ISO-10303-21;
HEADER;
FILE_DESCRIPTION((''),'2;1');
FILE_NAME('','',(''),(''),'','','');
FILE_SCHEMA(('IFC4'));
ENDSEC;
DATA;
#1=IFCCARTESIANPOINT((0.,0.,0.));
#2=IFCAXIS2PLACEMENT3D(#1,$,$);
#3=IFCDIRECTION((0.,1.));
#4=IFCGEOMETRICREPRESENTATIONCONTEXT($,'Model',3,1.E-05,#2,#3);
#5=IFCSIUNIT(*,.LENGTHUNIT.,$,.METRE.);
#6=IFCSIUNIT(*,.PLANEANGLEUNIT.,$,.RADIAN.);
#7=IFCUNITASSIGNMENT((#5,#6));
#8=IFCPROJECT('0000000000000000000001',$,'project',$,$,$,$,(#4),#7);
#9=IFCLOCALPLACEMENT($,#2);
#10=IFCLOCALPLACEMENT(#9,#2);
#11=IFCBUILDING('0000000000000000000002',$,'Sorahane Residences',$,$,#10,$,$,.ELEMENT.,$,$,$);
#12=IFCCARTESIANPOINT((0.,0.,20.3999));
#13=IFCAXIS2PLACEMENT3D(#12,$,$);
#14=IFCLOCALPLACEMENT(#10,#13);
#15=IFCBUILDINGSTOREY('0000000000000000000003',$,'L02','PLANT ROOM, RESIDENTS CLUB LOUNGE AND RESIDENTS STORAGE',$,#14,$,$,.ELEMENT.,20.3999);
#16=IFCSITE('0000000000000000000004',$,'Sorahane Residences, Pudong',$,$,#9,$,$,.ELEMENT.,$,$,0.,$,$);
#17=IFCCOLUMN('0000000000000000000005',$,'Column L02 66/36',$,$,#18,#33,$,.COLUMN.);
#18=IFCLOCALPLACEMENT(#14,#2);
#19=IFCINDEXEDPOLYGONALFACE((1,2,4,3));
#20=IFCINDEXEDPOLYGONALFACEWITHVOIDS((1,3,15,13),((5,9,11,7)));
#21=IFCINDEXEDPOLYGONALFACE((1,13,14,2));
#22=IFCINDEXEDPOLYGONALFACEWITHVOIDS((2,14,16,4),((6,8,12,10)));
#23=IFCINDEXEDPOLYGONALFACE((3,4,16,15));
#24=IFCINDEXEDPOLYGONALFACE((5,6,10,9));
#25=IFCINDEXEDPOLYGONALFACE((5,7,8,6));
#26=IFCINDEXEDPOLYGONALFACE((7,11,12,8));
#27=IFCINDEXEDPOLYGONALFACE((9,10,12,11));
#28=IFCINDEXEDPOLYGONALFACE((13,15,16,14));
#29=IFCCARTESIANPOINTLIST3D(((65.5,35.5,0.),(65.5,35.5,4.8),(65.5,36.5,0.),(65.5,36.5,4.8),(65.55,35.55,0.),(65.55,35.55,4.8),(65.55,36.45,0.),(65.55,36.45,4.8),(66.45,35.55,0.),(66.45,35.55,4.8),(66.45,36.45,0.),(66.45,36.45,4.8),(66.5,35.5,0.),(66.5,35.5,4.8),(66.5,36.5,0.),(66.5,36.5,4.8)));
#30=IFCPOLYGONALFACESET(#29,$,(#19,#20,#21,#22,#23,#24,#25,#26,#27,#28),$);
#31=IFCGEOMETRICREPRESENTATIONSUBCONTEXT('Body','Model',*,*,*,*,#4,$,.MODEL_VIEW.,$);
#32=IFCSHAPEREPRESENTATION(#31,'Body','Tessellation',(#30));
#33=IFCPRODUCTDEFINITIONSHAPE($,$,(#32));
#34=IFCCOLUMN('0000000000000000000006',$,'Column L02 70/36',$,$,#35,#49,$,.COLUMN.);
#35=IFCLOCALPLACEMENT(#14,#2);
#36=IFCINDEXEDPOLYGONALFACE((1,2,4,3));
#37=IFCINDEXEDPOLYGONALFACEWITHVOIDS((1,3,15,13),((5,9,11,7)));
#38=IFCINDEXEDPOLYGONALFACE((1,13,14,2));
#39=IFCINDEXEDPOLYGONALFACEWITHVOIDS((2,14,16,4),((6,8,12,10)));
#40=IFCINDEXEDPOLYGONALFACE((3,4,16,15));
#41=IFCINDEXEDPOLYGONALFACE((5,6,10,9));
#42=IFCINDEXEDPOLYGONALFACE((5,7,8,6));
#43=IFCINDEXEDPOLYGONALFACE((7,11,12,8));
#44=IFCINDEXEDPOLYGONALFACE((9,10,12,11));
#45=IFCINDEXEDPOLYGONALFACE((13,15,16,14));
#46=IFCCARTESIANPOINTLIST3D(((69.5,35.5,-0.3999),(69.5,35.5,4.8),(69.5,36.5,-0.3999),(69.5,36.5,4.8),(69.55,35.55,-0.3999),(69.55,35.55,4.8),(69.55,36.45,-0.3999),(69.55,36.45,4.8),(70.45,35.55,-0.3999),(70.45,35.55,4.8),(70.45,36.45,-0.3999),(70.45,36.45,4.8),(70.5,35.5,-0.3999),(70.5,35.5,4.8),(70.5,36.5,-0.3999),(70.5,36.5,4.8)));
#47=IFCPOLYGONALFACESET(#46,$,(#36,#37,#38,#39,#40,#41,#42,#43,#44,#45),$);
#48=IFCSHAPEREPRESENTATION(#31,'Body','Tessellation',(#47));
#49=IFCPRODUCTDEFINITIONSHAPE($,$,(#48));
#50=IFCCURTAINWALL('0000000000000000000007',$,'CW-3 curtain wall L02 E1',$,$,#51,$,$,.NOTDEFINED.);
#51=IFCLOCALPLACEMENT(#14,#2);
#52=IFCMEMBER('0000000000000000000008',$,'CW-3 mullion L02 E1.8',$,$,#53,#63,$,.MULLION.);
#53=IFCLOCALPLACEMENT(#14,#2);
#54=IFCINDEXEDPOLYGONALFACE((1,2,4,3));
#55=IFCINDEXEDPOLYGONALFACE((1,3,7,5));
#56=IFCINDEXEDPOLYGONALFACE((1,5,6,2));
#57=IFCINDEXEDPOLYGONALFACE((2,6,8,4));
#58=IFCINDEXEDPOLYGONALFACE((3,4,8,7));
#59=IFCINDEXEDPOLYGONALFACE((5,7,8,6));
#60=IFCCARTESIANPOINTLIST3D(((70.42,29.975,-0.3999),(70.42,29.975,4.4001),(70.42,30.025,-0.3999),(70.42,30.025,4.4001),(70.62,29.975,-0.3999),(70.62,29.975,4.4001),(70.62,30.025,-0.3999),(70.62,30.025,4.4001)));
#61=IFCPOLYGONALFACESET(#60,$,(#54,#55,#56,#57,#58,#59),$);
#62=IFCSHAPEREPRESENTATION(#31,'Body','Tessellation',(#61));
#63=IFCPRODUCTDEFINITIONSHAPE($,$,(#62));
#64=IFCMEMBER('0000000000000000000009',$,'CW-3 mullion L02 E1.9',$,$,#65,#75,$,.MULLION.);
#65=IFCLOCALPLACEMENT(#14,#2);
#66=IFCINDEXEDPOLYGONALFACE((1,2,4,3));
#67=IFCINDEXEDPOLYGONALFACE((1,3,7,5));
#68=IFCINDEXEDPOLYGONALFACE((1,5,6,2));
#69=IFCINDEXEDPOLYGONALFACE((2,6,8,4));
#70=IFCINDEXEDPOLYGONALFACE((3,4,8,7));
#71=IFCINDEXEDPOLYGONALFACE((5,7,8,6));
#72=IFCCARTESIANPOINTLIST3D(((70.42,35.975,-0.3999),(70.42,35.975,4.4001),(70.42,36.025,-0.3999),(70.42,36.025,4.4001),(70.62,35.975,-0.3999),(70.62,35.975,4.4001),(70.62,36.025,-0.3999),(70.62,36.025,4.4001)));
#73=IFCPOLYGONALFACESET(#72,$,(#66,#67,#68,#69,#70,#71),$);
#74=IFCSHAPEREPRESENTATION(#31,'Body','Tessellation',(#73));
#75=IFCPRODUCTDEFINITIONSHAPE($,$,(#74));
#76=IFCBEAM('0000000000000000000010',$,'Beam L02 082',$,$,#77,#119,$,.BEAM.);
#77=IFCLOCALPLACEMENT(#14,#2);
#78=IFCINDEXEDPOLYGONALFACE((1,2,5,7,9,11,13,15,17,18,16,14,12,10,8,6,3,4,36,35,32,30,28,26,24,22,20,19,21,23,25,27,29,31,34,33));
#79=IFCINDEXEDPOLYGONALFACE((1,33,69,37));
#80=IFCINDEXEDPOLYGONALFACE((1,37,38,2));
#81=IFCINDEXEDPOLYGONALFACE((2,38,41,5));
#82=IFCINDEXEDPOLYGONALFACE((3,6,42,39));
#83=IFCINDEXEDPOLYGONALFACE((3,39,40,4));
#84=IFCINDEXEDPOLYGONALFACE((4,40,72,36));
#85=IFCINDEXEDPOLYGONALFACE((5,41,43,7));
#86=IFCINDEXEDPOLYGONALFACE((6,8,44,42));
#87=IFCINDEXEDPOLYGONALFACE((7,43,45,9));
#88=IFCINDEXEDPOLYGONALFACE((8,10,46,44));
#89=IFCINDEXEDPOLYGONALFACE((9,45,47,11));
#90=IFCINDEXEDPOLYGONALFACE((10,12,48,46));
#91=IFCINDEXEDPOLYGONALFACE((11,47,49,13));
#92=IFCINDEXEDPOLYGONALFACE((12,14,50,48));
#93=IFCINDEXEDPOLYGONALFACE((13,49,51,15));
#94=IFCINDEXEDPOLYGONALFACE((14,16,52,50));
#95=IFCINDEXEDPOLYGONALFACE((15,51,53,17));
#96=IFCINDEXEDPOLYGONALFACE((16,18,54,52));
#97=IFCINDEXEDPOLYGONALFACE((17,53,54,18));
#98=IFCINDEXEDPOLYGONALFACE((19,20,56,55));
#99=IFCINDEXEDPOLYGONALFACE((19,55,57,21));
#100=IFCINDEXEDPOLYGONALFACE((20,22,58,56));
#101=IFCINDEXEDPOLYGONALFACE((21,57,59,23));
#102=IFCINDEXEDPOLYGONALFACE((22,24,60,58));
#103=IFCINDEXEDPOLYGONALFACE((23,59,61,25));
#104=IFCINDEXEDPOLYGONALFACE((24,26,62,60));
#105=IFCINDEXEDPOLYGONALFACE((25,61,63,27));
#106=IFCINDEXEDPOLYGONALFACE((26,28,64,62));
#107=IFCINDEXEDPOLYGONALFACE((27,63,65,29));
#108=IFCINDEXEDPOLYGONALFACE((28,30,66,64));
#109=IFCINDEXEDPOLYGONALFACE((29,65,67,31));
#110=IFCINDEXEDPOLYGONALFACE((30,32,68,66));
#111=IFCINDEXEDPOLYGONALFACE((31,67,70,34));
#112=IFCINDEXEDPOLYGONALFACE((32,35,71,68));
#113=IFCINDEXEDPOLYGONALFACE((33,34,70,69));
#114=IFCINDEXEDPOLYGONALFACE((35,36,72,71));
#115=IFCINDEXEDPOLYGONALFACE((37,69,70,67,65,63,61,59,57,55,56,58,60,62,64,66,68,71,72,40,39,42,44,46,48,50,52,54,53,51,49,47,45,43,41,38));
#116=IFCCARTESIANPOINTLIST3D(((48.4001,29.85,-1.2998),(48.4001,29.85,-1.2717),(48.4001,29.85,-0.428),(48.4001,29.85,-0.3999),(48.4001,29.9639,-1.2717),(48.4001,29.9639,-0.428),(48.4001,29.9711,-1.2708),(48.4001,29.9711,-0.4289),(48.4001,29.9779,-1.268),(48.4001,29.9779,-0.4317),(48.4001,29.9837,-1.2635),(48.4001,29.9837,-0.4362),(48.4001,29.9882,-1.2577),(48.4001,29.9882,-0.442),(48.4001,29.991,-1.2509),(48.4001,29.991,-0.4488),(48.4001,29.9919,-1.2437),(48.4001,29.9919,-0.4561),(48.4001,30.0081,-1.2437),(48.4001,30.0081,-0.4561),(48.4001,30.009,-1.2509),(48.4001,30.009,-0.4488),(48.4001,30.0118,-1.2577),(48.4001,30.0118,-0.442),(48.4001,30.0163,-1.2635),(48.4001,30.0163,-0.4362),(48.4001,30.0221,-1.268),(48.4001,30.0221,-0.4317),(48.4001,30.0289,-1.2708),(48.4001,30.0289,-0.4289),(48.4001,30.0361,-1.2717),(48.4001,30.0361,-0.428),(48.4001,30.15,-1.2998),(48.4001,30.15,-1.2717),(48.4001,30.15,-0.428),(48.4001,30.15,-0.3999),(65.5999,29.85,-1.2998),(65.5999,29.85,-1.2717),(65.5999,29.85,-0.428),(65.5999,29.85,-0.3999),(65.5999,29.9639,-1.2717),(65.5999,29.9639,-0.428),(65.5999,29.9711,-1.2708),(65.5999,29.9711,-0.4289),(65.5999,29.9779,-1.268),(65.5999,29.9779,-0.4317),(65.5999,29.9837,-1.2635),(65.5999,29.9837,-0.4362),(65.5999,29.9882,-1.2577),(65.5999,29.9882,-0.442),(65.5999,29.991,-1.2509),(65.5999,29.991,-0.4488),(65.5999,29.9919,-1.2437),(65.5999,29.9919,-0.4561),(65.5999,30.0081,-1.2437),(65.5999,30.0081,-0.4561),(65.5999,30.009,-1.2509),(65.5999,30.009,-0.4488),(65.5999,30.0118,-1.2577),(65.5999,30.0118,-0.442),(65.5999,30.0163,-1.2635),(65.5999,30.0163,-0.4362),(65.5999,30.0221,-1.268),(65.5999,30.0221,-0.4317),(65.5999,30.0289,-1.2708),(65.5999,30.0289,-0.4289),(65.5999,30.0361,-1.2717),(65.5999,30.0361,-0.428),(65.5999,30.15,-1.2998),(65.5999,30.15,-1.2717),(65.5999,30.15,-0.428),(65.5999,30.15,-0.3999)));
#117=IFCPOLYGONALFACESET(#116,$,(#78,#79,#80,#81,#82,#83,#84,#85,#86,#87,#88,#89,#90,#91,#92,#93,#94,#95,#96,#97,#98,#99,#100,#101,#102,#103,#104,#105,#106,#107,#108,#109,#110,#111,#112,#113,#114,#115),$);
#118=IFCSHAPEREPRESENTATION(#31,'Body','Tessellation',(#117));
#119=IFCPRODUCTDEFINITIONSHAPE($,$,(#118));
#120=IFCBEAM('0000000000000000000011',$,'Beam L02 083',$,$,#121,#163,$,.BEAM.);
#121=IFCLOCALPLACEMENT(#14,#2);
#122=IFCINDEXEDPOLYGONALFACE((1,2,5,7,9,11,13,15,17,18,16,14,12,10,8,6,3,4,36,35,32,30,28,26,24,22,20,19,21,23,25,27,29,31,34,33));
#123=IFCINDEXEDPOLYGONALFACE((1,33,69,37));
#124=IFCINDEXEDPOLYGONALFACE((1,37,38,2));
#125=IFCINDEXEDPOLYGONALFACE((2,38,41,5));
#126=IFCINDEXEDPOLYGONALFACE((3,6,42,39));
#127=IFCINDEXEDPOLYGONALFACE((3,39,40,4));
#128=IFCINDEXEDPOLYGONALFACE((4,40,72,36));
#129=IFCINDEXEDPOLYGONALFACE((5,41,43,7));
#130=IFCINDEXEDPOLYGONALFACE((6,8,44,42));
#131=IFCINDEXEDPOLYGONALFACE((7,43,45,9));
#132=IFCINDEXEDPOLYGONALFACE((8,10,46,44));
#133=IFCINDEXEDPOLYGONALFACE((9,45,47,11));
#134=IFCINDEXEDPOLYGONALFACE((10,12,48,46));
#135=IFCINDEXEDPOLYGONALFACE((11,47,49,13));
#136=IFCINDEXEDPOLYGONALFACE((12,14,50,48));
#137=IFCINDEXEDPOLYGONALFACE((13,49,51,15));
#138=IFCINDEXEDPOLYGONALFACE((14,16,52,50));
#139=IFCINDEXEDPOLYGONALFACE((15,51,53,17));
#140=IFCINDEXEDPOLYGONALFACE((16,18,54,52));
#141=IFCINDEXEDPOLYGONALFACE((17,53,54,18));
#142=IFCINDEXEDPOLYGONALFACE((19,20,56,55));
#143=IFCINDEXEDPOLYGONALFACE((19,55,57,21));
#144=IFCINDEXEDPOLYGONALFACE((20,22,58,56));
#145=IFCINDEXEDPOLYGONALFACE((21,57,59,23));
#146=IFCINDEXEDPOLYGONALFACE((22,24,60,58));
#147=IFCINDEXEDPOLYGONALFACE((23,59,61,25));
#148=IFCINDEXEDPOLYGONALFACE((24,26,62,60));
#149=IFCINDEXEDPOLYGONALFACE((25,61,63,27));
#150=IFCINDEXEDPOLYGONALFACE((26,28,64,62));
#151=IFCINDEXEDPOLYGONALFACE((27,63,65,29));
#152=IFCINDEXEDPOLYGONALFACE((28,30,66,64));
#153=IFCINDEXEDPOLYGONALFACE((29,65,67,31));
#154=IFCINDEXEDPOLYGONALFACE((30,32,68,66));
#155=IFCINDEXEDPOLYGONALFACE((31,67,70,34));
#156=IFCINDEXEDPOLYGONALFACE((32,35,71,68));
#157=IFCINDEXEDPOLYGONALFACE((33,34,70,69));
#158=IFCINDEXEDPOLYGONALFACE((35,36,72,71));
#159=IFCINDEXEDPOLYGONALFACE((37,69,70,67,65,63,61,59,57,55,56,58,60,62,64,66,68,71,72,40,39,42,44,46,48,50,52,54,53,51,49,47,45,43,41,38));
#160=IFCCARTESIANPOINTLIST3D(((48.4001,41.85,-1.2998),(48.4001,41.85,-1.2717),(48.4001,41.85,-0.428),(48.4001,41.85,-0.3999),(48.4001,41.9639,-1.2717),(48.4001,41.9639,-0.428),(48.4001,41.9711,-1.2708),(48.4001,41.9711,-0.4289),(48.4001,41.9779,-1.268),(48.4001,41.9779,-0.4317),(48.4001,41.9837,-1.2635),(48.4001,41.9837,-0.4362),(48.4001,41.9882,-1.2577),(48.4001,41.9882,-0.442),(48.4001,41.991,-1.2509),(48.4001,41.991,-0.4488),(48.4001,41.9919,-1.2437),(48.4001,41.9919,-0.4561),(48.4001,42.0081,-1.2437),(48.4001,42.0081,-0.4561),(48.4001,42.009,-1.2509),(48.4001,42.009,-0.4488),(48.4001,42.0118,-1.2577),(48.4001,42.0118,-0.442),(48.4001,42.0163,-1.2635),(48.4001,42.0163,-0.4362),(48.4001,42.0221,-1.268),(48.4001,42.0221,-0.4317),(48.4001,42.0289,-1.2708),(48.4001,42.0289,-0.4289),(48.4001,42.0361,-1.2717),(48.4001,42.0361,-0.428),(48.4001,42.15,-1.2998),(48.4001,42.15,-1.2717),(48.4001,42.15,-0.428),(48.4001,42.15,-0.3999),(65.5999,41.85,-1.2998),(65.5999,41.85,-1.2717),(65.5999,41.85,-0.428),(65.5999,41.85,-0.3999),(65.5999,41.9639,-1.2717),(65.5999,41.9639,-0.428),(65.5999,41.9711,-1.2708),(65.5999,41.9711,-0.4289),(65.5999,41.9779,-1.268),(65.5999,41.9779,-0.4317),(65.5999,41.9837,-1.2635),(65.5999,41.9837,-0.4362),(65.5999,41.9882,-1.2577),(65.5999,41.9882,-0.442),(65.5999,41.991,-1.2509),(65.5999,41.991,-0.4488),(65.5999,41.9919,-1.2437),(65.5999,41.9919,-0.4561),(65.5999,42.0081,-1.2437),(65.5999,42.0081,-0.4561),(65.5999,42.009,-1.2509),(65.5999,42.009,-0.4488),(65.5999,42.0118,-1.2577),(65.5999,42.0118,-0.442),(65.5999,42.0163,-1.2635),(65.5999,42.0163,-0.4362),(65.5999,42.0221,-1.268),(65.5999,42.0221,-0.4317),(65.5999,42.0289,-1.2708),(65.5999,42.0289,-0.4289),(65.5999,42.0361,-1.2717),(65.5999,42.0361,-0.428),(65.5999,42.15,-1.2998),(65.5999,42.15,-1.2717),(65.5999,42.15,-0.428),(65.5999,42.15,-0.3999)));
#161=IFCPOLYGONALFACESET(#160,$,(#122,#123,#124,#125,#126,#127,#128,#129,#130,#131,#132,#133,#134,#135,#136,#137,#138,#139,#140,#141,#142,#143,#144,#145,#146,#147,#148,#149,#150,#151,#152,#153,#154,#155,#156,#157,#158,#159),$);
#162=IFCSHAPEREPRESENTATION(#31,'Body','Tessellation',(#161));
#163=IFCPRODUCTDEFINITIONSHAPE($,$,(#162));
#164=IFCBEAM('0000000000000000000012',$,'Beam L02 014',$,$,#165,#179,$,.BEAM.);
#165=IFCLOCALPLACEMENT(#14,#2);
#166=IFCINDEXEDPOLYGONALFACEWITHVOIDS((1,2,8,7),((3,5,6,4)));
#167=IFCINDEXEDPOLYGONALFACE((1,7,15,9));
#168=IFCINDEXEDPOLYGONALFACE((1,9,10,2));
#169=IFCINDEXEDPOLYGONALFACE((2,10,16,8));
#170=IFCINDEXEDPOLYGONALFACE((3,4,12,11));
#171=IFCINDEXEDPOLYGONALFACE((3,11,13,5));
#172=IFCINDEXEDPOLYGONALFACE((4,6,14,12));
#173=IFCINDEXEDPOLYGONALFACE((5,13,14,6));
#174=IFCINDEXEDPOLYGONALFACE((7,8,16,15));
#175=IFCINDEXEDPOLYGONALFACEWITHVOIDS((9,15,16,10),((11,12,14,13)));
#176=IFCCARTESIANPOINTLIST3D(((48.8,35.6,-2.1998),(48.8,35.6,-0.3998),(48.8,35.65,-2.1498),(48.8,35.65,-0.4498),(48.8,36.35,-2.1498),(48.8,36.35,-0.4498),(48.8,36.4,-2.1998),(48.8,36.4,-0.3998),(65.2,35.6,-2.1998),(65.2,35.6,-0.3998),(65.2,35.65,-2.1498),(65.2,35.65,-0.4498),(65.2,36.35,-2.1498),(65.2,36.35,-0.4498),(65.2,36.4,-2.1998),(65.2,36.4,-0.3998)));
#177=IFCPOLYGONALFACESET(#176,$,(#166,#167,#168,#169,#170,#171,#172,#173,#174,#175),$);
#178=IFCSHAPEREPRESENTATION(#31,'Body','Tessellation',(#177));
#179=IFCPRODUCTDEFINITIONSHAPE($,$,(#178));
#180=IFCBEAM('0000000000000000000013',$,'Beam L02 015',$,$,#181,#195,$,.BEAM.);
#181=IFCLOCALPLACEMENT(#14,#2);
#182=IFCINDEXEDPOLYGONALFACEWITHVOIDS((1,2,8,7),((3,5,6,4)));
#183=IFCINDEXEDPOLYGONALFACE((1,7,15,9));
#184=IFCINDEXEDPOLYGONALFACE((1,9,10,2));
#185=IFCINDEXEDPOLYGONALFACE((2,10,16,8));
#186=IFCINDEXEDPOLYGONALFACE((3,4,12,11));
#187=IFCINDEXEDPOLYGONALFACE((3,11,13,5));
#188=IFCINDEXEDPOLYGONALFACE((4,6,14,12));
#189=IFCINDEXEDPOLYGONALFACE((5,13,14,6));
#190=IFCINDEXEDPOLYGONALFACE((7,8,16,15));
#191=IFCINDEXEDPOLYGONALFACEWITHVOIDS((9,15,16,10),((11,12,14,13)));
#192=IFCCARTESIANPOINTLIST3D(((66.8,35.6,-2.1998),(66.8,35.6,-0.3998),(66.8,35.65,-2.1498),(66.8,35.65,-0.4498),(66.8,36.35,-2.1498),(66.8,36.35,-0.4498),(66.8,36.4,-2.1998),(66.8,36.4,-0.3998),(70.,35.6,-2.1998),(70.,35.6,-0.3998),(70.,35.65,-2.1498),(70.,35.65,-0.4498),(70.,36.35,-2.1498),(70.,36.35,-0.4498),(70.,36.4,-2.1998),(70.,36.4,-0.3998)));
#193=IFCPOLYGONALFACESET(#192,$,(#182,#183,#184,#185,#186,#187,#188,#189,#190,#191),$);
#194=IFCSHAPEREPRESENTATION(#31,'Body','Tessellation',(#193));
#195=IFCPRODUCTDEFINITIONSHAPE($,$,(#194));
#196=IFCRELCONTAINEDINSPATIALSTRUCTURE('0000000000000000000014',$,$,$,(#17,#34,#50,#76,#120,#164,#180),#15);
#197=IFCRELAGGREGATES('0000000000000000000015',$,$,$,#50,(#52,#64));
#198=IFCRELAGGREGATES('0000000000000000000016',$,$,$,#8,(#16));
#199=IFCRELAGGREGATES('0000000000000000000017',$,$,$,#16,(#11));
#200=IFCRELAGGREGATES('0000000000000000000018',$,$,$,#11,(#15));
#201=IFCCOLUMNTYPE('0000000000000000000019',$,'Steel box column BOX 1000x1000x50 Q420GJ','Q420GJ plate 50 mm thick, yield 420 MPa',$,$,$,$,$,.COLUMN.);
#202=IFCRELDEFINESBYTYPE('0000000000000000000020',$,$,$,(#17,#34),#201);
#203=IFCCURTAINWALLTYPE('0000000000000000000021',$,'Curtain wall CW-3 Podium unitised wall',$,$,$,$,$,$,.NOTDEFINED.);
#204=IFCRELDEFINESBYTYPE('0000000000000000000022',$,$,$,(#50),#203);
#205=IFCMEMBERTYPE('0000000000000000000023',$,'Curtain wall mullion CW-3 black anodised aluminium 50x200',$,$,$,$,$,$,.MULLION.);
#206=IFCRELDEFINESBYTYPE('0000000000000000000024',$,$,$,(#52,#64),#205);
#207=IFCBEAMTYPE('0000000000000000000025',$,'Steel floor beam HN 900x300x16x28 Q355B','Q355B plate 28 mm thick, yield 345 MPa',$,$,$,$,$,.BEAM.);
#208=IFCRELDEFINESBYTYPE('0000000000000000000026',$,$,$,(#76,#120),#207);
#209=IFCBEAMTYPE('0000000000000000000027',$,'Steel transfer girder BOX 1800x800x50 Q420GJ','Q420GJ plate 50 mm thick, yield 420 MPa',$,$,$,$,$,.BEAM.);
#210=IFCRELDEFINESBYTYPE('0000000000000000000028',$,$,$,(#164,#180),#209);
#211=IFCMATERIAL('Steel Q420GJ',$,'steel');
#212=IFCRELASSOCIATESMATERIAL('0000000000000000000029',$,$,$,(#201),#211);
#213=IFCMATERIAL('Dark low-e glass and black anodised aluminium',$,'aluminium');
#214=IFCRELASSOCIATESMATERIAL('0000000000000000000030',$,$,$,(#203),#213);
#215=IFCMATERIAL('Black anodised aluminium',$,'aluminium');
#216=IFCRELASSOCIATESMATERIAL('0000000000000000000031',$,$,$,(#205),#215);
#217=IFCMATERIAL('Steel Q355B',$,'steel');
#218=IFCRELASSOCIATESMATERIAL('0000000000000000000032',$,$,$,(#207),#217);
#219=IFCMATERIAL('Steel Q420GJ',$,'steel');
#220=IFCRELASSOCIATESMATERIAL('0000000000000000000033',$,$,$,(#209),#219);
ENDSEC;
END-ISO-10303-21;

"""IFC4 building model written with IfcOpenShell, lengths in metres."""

from ifc_helpers import new_model, si_unit, direction, frame, origin, origin_2d, place, context, subcontext, project, spatial, rectangle, hollow_rectangle, i_section, extrude, material, material_profile, profile_set, type_object, element, aggregate, save


model = new_model("IFC4")

# Units and contexts
model_context = context("Model", 3, precision=1e-05, world=origin(), true_north=direction((0.0, 1.0)))
body_context = subcontext(model_context, "Body", "Model", "MODEL_VIEW")
ifc_project = project(units=[si_unit("LENGTHUNIT", "METRE"), si_unit("PLANEANGLEUNIT", "RADIAN")], contexts=[model_context])

# Site, building, storey
site_placement = place(None, origin())
site = spatial("IfcSite", under=ifc_project, at=site_placement, Name="Sorahane Residences, Pudong", CompositionType="ELEMENT", RefElevation=0.0)
building_placement = place(site_placement, origin())
building = spatial("IfcBuilding", under=site, at=building_placement, Name="Sorahane Residences", CompositionType="ELEMENT")
storey_placement = place(building_placement, frame((0.0, 0.0, 20.3999)))
storey = spatial("IfcBuildingStorey", under=building, at=storey_placement, Name="L02", Description="PLANT ROOM, RESIDENTS CLUB LOUNGE AND RESIDENTS STORAGE", CompositionType="ELEMENT", Elevation=20.3999)

# Columns
ifc_material_1 = material(Name="Steel Q420GJ", Category="steel")
ifc_material_profile_1 = material_profile(ifc_material_1, hollow_rectangle(XDim=1.0, YDim=1.0, WallThickness=0.05, at=origin_2d()), Name="BOX 1000x1000x50")
ifc_profile_set_1 = profile_set([ifc_material_profile_1], Name="Steel Q420GJ")
column_type = type_object("IfcColumnType", Name="Steel box column BOX 1000x1000x50 Q420GJ", Description="Q420GJ plate 50 mm thick, yield 420 MPa", PredefinedType="COLUMN", material=ifc_profile_set_1)
column_1_placement = place(storey_placement, frame((66.0, 36.0, 0.0), z_axis=(0.0, 0.0, 1.0), x_axis=(1.0, 0.0, 0.0)))
element("IfcColumn", 1, at=column_1_placement, inside=storey, type_object=column_type, Name="Column L02 66/36", PredefinedType="COLUMN", context=body_context, shape_type="SweptSolid", body=[
    extrude(hollow_rectangle(XDim=1.0, YDim=1.0, WallThickness=0.05, at=origin_2d()), origin(), (0.0, 0.0, 1.0), 4.8),
])
column_2_placement = place(storey_placement, frame((70.0, 36.0, -0.3999), z_axis=(0.0, 0.0, 1.0), x_axis=(1.0, 0.0, 0.0)))
element("IfcColumn", 2, at=column_2_placement, inside=storey, type_object=column_type, Name="Column L02 70/36", PredefinedType="COLUMN", context=body_context, shape_type="SweptSolid", body=[
    extrude(hollow_rectangle(XDim=1.0, YDim=1.0, WallThickness=0.05, at=origin_2d()), origin(), (0.0, 0.0, 1.0), 5.2),
])

# Curtain wall, members
ifc_material_2 = material(Name="Dark low-e glass and black anodised aluminium", Category="aluminium")
curtain_wall_type = type_object("IfcCurtainWallType", Name="Curtain wall CW-3 Podium unitised wall", PredefinedType="NOTDEFINED", material=ifc_material_2)
curtain_wall_placement = place(storey_placement, origin())
curtain_wall = element("IfcCurtainWall", 3, at=curtain_wall_placement, inside=storey, type_object=curtain_wall_type, Name="CW-3 curtain wall L02 E1", PredefinedType="NOTDEFINED")
ifc_material_3 = material(Name="Black anodised aluminium", Category="aluminium")
ifc_material_profile_2 = material_profile(ifc_material_3, rectangle(XDim=0.2, YDim=0.05, at=origin_2d()), Name="Curtain wall mullion CW-3 black anodised aluminium 50x200")
ifc_profile_set_2 = profile_set([ifc_material_profile_2], Name="Black anodised aluminium")
member_type = type_object("IfcMemberType", Name="Curtain wall mullion CW-3 black anodised aluminium 50x200", PredefinedType="MULLION", material=ifc_profile_set_2)
member_1_placement = place(storey_placement, frame((70.52, 30.0, -0.3999), z_axis=(0.0, 0.0, 1.0), x_axis=(1.0, 0.0, 0.0)))
member_1 = element("IfcMember", 4, at=member_1_placement, type_object=member_type, Name="CW-3 mullion L02 E1.8", PredefinedType="MULLION", context=body_context, shape_type="SweptSolid", body=[
    extrude(rectangle(XDim=0.2, YDim=0.05, at=origin_2d()), origin(), (0.0, 0.0, 1.0), 4.8),
])
member_2_placement = place(storey_placement, frame((70.52, 36.0, -0.3999), z_axis=(0.0, 0.0, 1.0), x_axis=(1.0, 0.0, 0.0)))
member_2 = element("IfcMember", 5, at=member_2_placement, type_object=member_type, Name="CW-3 mullion L02 E1.9", PredefinedType="MULLION", context=body_context, shape_type="SweptSolid", body=[
    extrude(rectangle(XDim=0.2, YDim=0.05, at=origin_2d()), origin(), (0.0, 0.0, 1.0), 4.8),
])

# Beams
ifc_material_4 = material(Name="Steel Q355B", Category="steel")
ifc_material_profile_3 = material_profile(ifc_material_4, i_section(OverallWidth=0.3, OverallDepth=0.8999, WebThickness=0.0161, FlangeThickness=0.0281, FilletRadius=0.0281, at=origin_2d()), Name="HN 900x300x16x28")
ifc_profile_set_3 = profile_set([ifc_material_profile_3], Name="Steel Q355B")
beam_type_1 = type_object("IfcBeamType", Name="Steel floor beam HN 900x300x16x28 Q355B", Description="Q355B plate 28 mm thick, yield 345 MPa", PredefinedType="BEAM", material=ifc_profile_set_3)
for number, where, z_axis, x_axis, name in (
    (6, (48.4001, 30.0, -0.8499), (1.0, 0.0, 0.0), (0.0, 1.0, 0.0), "Beam L02 082"),
    (7, (48.4001, 42.0, -0.8499), (1.0, 0.0, 0.0), (0.0, 1.0, 0.0), "Beam L02 083"),
):
    element("IfcBeam", number, at=place(storey_placement, frame(where, z_axis=z_axis, x_axis=x_axis)), inside=storey, type_object=beam_type_1, Name=name, PredefinedType="BEAM", context=body_context, shape_type="SweptSolid", body=[
        extrude(i_section(OverallWidth=0.3, OverallDepth=0.8999, WebThickness=0.0161, FlangeThickness=0.0281, FilletRadius=0.0281, at=origin_2d()), origin(), (0.0, 0.0, 1.0), 17.1997),
    ])
ifc_material_5 = material(Name="Steel Q420GJ", Category="steel")
ifc_material_profile_4 = material_profile(ifc_material_5, hollow_rectangle(XDim=0.8, YDim=1.8, WallThickness=0.05, at=origin_2d()), Name="BOX 1800x800x50")
ifc_profile_set_4 = profile_set([ifc_material_profile_4], Name="Steel Q420GJ")
beam_type_2 = type_object("IfcBeamType", Name="Steel transfer girder BOX 1800x800x50 Q420GJ", Description="Q420GJ plate 50 mm thick, yield 420 MPa", PredefinedType="BEAM", material=ifc_profile_set_4)
beam_1_placement = place(storey_placement, frame((48.8, 36.0, -1.2998), z_axis=(1.0, 0.0, 0.0), x_axis=(0.0, 1.0, 0.0)))
element("IfcBeam", 8, at=beam_1_placement, inside=storey, type_object=beam_type_2, Name="Beam L02 014", PredefinedType="BEAM", context=body_context, shape_type="SweptSolid", body=[
    extrude(hollow_rectangle(XDim=0.8, YDim=1.8, WallThickness=0.05, at=origin_2d()), origin(), (0.0, 0.0, 1.0), 16.3999),
])
beam_2_placement = place(storey_placement, frame((66.8, 36.0, -1.2998), z_axis=(1.0, 0.0, 0.0), x_axis=(0.0, 1.0, 0.0)))
element("IfcBeam", 9, at=beam_2_placement, inside=storey, type_object=beam_type_2, Name="Beam L02 015", PredefinedType="BEAM", context=body_context, shape_type="SweptSolid", body=[
    extrude(hollow_rectangle(XDim=0.8, YDim=1.8, WallThickness=0.05, at=origin_2d()), origin(), (0.0, 0.0, 1.0), 3.2),
])

aggregate(curtain_wall, [member_1, member_2])

save(model, "model.ifc")
